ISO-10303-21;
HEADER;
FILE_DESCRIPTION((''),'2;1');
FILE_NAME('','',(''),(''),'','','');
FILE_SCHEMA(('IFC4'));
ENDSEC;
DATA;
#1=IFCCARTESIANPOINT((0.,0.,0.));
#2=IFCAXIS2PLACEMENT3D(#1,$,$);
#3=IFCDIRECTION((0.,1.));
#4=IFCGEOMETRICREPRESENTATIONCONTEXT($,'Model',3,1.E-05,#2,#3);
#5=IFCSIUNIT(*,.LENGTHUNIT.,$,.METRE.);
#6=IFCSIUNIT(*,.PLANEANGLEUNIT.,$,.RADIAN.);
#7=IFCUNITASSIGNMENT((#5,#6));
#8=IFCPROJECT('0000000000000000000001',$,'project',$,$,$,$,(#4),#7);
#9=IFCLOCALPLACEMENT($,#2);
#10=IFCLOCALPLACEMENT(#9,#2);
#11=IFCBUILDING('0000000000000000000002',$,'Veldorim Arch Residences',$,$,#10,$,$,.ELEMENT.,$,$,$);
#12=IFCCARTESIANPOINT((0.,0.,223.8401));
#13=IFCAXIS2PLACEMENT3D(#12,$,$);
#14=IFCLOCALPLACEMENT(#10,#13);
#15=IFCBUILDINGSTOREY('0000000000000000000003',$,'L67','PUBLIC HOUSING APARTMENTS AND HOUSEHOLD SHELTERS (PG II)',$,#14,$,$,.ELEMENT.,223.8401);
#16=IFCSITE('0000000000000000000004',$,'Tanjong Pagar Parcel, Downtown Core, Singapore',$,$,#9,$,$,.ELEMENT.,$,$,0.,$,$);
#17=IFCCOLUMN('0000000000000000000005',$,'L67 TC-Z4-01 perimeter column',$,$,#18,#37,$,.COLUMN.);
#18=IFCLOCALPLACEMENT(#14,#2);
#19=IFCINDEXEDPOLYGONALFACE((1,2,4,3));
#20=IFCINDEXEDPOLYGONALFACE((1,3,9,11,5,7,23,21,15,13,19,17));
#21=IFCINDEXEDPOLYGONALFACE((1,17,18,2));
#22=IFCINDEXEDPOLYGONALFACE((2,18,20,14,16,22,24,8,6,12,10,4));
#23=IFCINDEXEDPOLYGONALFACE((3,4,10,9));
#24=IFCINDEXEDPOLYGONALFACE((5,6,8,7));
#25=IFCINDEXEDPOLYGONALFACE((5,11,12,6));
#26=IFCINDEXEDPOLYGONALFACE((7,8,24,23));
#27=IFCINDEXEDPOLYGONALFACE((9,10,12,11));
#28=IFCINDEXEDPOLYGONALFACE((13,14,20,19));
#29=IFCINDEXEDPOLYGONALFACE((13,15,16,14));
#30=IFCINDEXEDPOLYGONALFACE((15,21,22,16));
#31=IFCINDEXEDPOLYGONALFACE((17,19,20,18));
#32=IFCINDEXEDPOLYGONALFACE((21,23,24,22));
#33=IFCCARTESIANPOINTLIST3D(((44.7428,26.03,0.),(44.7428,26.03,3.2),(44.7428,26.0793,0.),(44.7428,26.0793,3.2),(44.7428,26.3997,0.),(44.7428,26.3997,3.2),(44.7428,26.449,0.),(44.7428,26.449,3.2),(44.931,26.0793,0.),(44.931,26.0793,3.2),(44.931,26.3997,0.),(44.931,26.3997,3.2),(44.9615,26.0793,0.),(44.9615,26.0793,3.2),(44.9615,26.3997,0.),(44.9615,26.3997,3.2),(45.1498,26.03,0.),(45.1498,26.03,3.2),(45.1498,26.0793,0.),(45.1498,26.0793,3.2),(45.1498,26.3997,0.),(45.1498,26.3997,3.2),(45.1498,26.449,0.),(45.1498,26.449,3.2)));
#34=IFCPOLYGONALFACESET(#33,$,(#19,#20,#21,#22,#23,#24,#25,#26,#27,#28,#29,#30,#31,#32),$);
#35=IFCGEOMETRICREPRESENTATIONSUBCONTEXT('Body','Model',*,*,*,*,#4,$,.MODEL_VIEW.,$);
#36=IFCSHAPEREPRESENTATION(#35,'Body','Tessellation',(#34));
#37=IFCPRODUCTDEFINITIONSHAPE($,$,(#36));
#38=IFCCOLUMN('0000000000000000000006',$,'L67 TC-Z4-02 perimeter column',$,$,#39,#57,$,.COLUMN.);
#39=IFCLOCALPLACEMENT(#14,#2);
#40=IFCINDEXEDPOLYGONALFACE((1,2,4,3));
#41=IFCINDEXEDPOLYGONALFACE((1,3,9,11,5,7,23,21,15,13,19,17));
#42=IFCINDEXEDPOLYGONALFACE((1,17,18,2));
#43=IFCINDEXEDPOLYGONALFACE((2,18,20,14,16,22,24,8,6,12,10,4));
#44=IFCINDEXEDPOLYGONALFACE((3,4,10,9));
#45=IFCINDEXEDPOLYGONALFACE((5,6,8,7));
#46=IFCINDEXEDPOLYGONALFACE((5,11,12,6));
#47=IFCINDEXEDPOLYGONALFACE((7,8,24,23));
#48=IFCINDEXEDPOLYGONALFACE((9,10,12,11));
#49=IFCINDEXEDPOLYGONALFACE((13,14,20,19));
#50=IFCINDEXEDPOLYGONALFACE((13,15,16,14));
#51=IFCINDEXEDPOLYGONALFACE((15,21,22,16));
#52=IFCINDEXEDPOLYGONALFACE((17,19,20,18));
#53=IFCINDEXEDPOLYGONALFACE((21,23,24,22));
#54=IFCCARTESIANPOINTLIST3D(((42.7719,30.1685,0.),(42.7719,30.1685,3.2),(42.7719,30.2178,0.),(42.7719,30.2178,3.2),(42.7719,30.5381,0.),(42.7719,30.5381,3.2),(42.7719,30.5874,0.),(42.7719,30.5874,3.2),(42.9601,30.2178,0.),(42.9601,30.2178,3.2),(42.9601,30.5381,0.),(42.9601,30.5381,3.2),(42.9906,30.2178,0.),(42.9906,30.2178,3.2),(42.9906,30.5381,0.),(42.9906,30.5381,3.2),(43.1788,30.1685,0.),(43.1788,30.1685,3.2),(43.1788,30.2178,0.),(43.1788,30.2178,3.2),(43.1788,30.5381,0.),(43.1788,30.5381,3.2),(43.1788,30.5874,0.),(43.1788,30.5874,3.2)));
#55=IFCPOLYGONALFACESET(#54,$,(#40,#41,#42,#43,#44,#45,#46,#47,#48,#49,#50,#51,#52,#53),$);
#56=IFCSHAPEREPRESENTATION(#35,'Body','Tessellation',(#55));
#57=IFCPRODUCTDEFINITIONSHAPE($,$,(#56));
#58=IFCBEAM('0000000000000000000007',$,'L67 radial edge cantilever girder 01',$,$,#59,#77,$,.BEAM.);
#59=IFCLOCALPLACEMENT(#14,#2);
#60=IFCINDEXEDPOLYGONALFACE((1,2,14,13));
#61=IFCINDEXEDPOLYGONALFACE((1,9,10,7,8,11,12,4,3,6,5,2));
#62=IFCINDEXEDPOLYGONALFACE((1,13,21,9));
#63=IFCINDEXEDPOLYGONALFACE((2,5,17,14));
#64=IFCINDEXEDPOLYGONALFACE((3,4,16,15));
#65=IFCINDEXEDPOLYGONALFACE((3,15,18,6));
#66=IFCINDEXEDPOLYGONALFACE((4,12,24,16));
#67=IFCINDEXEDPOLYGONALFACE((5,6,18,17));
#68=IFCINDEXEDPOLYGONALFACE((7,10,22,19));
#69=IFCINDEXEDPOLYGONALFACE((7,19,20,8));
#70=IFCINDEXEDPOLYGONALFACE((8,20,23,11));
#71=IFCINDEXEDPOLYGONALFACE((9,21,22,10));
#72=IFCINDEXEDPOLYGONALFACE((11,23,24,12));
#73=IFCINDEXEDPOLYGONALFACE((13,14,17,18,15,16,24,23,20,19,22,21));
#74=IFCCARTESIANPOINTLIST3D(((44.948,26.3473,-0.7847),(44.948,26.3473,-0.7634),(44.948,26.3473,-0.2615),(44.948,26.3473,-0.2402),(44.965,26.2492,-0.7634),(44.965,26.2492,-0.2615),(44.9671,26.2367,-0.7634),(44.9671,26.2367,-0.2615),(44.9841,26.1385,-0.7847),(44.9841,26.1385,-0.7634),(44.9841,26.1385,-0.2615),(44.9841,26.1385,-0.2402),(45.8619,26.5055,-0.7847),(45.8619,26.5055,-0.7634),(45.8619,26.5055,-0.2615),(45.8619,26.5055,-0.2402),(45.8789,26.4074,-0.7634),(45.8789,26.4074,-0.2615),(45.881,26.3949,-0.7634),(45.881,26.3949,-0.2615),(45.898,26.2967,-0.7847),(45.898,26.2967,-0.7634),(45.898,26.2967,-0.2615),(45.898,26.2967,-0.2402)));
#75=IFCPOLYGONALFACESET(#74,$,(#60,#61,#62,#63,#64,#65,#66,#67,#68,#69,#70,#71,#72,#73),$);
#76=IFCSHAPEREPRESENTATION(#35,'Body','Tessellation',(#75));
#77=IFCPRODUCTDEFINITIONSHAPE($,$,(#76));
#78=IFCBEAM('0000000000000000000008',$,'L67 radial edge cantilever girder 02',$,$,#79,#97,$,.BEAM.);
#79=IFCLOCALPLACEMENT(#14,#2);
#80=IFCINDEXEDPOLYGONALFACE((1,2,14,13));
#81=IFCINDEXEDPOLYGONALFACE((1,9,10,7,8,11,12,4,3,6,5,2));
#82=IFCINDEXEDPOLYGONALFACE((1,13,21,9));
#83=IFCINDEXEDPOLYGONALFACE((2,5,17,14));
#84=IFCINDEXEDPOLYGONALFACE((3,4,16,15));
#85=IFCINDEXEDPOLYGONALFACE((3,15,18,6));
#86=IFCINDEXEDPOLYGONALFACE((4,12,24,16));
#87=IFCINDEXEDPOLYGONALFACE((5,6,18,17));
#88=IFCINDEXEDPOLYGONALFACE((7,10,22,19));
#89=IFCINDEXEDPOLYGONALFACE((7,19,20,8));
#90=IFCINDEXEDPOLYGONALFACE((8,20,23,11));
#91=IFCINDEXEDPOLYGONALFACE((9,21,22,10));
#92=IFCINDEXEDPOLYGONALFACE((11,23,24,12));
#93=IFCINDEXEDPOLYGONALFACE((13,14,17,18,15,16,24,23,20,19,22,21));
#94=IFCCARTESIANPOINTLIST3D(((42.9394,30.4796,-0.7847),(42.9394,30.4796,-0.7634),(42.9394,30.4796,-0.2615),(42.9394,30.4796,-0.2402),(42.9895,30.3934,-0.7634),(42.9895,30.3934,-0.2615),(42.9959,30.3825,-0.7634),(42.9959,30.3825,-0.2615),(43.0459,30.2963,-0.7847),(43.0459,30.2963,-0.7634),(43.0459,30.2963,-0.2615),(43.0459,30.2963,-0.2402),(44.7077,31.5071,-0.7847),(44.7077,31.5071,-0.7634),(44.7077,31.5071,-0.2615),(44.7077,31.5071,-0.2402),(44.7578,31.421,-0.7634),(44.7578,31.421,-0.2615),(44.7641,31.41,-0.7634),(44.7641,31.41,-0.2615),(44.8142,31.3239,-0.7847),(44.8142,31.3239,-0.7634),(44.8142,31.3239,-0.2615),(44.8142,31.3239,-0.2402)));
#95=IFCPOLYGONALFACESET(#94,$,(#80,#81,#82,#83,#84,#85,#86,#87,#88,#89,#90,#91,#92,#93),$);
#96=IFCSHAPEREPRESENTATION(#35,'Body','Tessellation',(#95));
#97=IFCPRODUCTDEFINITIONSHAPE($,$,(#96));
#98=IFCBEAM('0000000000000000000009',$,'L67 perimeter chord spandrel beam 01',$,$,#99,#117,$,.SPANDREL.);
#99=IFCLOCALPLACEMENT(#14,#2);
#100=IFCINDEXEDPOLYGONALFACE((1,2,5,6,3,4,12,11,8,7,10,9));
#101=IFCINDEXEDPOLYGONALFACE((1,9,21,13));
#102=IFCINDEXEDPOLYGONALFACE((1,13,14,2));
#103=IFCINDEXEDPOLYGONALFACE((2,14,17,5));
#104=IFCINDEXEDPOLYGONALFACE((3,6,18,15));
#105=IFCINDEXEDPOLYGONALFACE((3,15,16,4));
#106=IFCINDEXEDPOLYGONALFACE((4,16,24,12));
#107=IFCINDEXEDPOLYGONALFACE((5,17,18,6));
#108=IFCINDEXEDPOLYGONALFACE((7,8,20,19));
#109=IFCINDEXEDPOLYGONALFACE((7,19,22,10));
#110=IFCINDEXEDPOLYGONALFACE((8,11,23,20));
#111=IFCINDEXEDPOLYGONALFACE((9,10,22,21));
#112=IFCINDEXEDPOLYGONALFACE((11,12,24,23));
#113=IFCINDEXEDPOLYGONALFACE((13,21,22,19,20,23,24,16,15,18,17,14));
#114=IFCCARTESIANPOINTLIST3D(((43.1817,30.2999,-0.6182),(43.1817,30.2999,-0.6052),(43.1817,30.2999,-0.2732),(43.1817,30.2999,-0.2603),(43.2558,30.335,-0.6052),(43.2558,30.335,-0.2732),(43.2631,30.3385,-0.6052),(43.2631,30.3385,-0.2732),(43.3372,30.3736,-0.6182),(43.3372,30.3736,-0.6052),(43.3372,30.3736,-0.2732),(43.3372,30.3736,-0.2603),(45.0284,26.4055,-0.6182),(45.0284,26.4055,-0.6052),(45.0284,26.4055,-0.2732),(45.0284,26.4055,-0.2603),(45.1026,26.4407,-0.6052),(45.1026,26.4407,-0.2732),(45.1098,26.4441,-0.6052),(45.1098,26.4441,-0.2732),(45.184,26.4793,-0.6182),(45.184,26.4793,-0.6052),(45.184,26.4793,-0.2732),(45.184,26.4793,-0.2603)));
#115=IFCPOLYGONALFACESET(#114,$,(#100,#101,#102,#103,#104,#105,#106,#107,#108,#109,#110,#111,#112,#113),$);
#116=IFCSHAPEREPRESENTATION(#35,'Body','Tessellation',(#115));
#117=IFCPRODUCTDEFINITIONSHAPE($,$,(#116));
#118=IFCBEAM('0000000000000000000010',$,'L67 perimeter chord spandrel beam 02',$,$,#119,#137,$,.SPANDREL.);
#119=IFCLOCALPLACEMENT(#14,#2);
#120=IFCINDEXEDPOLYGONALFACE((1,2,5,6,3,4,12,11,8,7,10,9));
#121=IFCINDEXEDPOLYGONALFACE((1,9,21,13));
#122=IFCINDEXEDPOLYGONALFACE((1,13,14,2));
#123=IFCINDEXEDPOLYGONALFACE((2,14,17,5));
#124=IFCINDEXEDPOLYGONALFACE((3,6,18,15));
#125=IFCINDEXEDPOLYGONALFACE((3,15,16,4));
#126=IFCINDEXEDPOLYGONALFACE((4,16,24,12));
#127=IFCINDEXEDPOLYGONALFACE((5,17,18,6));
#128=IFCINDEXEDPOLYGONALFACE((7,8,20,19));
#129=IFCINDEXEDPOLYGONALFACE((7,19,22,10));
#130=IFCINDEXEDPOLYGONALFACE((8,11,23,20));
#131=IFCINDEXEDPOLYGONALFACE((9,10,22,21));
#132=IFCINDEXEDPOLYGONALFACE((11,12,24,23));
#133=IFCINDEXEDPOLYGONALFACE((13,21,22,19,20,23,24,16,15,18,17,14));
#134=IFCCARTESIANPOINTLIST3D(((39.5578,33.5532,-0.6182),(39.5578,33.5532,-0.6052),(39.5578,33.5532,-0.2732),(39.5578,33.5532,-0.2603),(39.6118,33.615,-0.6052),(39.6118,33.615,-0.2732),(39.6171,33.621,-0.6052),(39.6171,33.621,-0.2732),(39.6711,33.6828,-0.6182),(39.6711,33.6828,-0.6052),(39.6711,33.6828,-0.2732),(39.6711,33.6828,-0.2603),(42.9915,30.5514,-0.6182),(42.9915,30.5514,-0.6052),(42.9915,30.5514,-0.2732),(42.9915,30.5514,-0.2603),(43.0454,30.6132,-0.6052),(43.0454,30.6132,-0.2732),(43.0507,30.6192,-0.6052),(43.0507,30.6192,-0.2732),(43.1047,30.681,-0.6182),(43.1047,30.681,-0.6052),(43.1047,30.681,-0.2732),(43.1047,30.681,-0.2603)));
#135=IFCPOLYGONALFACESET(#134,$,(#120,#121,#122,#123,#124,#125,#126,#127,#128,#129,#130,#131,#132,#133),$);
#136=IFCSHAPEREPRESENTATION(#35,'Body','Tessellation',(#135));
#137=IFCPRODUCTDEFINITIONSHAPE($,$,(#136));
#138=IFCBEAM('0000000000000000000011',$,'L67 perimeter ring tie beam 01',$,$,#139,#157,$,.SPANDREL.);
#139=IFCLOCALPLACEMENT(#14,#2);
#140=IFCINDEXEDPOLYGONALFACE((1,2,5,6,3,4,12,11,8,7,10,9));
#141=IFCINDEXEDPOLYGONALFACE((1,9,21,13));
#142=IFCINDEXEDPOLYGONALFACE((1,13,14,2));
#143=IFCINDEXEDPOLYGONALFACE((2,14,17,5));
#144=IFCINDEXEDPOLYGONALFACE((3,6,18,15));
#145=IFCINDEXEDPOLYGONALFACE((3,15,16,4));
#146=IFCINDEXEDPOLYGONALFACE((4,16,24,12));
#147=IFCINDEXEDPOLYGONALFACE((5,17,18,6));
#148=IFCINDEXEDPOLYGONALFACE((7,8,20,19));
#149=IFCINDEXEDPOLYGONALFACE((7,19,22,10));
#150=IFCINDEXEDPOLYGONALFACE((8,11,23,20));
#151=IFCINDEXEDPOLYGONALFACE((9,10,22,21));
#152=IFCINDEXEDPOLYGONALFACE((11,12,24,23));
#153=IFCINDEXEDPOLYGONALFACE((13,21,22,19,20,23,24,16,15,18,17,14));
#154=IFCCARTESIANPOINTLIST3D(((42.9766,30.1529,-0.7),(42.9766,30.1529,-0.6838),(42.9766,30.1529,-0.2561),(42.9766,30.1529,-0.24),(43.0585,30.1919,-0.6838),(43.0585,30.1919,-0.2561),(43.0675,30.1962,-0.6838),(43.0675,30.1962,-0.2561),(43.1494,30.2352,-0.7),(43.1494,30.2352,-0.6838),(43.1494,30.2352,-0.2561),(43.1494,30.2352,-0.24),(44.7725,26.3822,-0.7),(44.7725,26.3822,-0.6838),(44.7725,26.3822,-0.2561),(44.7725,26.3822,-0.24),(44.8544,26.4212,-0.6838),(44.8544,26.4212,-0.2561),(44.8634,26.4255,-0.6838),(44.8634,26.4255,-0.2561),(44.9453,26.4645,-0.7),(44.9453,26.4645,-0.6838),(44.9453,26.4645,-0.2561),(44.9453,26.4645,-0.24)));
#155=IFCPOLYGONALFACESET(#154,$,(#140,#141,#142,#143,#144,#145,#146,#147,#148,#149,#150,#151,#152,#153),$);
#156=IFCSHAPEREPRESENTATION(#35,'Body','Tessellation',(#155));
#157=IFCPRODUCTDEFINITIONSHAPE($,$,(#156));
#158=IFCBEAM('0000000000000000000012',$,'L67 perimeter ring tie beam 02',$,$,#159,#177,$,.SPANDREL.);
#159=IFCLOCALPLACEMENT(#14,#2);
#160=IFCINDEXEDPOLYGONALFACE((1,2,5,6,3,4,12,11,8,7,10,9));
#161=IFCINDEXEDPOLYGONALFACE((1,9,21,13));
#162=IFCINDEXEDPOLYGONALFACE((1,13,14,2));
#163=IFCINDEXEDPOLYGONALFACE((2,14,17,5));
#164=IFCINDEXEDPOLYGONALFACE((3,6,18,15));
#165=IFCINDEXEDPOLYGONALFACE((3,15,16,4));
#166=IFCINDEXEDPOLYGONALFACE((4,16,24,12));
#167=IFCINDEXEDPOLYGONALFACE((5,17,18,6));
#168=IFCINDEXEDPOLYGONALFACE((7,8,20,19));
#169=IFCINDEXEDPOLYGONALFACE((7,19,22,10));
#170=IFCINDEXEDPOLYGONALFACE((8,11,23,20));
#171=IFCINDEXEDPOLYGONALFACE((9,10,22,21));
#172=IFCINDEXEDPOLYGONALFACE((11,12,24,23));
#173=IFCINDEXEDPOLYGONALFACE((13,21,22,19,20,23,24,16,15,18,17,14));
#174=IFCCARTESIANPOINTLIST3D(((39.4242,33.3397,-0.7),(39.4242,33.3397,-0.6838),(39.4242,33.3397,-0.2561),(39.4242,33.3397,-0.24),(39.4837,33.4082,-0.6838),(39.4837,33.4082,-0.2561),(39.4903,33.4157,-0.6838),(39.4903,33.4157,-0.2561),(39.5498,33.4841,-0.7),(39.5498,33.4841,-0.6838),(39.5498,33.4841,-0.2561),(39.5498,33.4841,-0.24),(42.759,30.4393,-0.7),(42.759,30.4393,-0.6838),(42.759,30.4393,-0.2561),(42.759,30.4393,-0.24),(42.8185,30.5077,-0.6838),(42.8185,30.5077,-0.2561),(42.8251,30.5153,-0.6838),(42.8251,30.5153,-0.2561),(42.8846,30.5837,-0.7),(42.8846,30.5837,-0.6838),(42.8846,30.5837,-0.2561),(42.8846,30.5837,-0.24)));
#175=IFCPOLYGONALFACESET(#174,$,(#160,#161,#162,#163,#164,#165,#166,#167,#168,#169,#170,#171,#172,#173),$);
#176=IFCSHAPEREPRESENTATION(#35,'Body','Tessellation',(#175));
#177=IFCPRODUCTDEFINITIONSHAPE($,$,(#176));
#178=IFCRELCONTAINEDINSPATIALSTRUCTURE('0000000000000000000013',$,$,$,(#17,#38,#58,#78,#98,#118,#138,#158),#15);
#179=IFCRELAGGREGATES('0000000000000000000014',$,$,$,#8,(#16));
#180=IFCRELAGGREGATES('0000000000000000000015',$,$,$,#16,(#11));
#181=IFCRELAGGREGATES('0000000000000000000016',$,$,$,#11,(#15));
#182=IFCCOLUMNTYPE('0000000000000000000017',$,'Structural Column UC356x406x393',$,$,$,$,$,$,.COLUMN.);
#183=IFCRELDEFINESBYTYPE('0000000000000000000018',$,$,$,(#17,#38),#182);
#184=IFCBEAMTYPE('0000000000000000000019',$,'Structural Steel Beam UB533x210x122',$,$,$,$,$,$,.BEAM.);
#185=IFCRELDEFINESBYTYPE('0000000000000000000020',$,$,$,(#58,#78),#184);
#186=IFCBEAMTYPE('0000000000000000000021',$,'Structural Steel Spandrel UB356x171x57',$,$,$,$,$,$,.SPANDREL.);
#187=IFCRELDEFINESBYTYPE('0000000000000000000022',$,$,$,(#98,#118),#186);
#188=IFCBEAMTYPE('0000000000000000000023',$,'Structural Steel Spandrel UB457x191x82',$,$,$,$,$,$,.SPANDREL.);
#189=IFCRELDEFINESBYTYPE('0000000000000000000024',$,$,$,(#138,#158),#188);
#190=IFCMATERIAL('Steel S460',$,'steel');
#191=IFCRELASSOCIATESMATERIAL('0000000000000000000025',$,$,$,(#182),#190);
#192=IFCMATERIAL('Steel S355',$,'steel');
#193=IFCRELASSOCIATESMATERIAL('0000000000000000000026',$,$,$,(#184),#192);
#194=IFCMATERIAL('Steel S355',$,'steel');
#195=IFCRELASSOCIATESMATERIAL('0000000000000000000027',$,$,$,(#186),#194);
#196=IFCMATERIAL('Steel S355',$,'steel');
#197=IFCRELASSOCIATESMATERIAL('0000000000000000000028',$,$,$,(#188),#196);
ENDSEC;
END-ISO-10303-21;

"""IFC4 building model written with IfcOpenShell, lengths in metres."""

from ifc_helpers import new_model, si_unit, direction, frame, origin, origin_2d, place, context, subcontext, project, spatial, i_section, extrude, material, material_profile, profile_set, type_object, element, save


model = new_model("IFC4")

# Units and contexts
model_context = context("Model", 3, precision=1e-05, world=origin(), true_north=direction((0.0, 1.0)))
body_context = subcontext(model_context, "Body", "Model", "MODEL_VIEW")
ifc_project = project(units=[si_unit("LENGTHUNIT", "METRE"), si_unit("PLANEANGLEUNIT", "RADIAN")], contexts=[model_context])

# Site, building, storey
site_placement = place(None, origin())
site = spatial("IfcSite", under=ifc_project, at=site_placement, Name="Tanjong Pagar Parcel, Downtown Core, Singapore", CompositionType="ELEMENT", RefElevation=0.0)
building_placement = place(site_placement, origin())
building = spatial("IfcBuilding", under=site, at=building_placement, Name="Veldorim Arch Residences", CompositionType="ELEMENT")
storey_placement = place(building_placement, frame((0.0, 0.0, 223.8401)))
storey = spatial("IfcBuildingStorey", under=building, at=storey_placement, Name="L67", Description="PUBLIC HOUSING APARTMENTS AND HOUSEHOLD SHELTERS (PG II)", CompositionType="ELEMENT", Elevation=223.8401)

# Columns
ifc_material_1 = material(Name="Steel S460", Category="steel")
ifc_material_profile_1 = material_profile(ifc_material_1, i_section(OverallWidth=0.407, OverallDepth=0.4189, WebThickness=0.0305, FlangeThickness=0.0493, at=origin_2d()), Name="UC356x406x393")
ifc_profile_set_1 = profile_set([ifc_material_profile_1], Name="Steel S460")
column_type = type_object("IfcColumnType", Name="Structural Column UC356x406x393", PredefinedType="COLUMN", material=ifc_profile_set_1)
for number, where, z_axis, x_axis, name in (
    (1, (44.9463, 26.2395, 0.0), (0.0, 0.0, 1.0), (1.0, 0.0, 0.0), "L67 TC-Z4-01 perimeter column"),
    (2, (42.9753, 30.3779, 0.0), (0.0, 0.0, 1.0), (1.0, 0.0, 0.0), "L67 TC-Z4-02 perimeter column"),
):
    element("IfcColumn", number, at=place(storey_placement, frame(where, z_axis=z_axis, x_axis=x_axis)), inside=storey, type_object=column_type, Name=name, PredefinedType="COLUMN", context=body_context, shape_type="SweptSolid", body=[
        extrude(i_section(OverallWidth=0.407, OverallDepth=0.4189, WebThickness=0.0305, FlangeThickness=0.0493, at=origin_2d()), origin(), (0.0, 0.0, 1.0), 3.2),
    ])

# Beams
ifc_material_2 = material(Name="Steel S355", Category="steel")
ifc_material_profile_2 = material_profile(ifc_material_2, i_section(OverallWidth=0.2119, OverallDepth=0.5444, WebThickness=0.0127, FlangeThickness=0.0212, at=origin_2d()), Name="UB533x210x122")
ifc_profile_set_2 = profile_set([ifc_material_profile_2], Name="Steel S355")
beam_type_1 = type_object("IfcBeamType", Name="Structural Steel Beam UB533x210x122", PredefinedType="BEAM", material=ifc_profile_set_2)
beam_1_placement = place(storey_placement, frame((44.9661, 26.2429, -0.5125), z_axis=(0.985343, 0.170586, 0.0), x_axis=(-0.170586, 0.985343, 0.0)))
element("IfcBeam", 3, at=beam_1_placement, inside=storey, type_object=beam_type_1, Name="L67 radial edge cantilever girder 01", PredefinedType="BEAM", context=body_context, shape_type="SweptSolid", body=[
    extrude(i_section(OverallWidth=0.2119, OverallDepth=0.5444, WebThickness=0.0127, FlangeThickness=0.0212, at=origin_2d()), origin(), (0.0, 0.0, 1.0), 0.9275),
])
beam_2_placement = place(storey_placement, frame((42.9927, 30.3879, -0.5125), z_axis=(0.864613, 0.502438, 0.0), x_axis=(-0.502438, 0.864613, 0.0)))
element("IfcBeam", 4, at=beam_2_placement, inside=storey, type_object=beam_type_1, Name="L67 radial edge cantilever girder 02", PredefinedType="BEAM", context=body_context, shape_type="SweptSolid", body=[
    extrude(i_section(OverallWidth=0.2119, OverallDepth=0.5444, WebThickness=0.0127, FlangeThickness=0.0212, at=origin_2d()), origin(), (0.0, 0.0, 1.0), 2.0452),
])
ifc_material_3 = material(Name="Steel S355", Category="steel")
ifc_material_profile_3 = material_profile(ifc_material_3, i_section(OverallWidth=0.1721, OverallDepth=0.3579, WebThickness=0.0081, FlangeThickness=0.0129, at=origin_2d()), Name="UB356x171x57")
ifc_profile_set_3 = profile_set([ifc_material_profile_3], Name="Steel S355")
beam_type_2 = type_object("IfcBeamType", Name="Structural Steel Spandrel UB356x171x57", PredefinedType="SPANDREL", material=ifc_profile_set_3)
beam_3_placement = place(storey_placement, frame((45.1062, 26.4424, -0.4392), z_axis=(-0.428469, 0.903557, 0.0), x_axis=(-0.903557, -0.428469, 0.0)))
element("IfcBeam", 5, at=beam_3_placement, inside=storey, type_object=beam_type_2, Name="L67 perimeter chord spandrel beam 01", PredefinedType="SPANDREL", context=body_context, shape_type="SweptSolid", body=[
    extrude(i_section(OverallWidth=0.1721, OverallDepth=0.3579, WebThickness=0.0081, FlangeThickness=0.0129, at=origin_2d()), origin(), (0.0, 0.0, 1.0), 4.3101),
])
beam_4_placement = place(storey_placement, frame((43.0481, 30.6162, -0.4392), z_axis=(-0.752868, 0.658171, 0.0), x_axis=(-0.658171, -0.752868, 0.0)))
element("IfcBeam", 6, at=beam_4_placement, inside=storey, type_object=beam_type_2, Name="L67 perimeter chord spandrel beam 02", PredefinedType="SPANDREL", context=body_context, shape_type="SweptSolid", body=[
    extrude(i_section(OverallWidth=0.1721, OverallDepth=0.3579, WebThickness=0.0081, FlangeThickness=0.0129, at=origin_2d()), origin(), (0.0, 0.0, 1.0), 4.5608),
])
ifc_material_4 = material(Name="Steel S355", Category="steel")
ifc_material_profile_4 = material_profile(ifc_material_4, i_section(OverallWidth=0.1914, OverallDepth=0.46, WebThickness=0.01, FlangeThickness=0.0161, at=origin_2d()), Name="UB457x191x82")
ifc_profile_set_4 = profile_set([ifc_material_profile_4], Name="Steel S355")
beam_type_3 = type_object("IfcBeamType", Name="Structural Steel Spandrel UB457x191x82", PredefinedType="SPANDREL", material=ifc_profile_set_4)
beam_5_placement = place(storey_placement, frame((44.8589, 26.4233, -0.47), z_axis=(-0.429993, 0.902832, 0.0), x_axis=(-0.902832, -0.429993, 0.0)))
element("IfcBeam", 7, at=beam_5_placement, inside=storey, type_object=beam_type_3, Name="L67 perimeter ring tie beam 01", PredefinedType="SPANDREL", context=body_context, shape_type="SweptSolid", body=[
    extrude(i_section(OverallWidth=0.1914, OverallDepth=0.46, WebThickness=0.01, FlangeThickness=0.0161, at=origin_2d()), origin(), (0.0, 0.0, 1.0), 4.1765),
])
beam_6_placement = place(storey_placement, frame((42.8218, 30.5115, -0.47), z_axis=(-0.754534, 0.656261, 0.0), x_axis=(-0.656261, -0.754534, 0.0)))
element("IfcBeam", 8, at=beam_6_placement, inside=storey, type_object=beam_type_3, Name="L67 perimeter ring tie beam 02", PredefinedType="SPANDREL", context=body_context, shape_type="SweptSolid", body=[
    extrude(i_section(OverallWidth=0.1914, OverallDepth=0.46, WebThickness=0.01, FlangeThickness=0.0161, at=origin_2d()), origin(), (0.0, 0.0, 1.0), 4.4197),
])

save(model, "model.ifc")
